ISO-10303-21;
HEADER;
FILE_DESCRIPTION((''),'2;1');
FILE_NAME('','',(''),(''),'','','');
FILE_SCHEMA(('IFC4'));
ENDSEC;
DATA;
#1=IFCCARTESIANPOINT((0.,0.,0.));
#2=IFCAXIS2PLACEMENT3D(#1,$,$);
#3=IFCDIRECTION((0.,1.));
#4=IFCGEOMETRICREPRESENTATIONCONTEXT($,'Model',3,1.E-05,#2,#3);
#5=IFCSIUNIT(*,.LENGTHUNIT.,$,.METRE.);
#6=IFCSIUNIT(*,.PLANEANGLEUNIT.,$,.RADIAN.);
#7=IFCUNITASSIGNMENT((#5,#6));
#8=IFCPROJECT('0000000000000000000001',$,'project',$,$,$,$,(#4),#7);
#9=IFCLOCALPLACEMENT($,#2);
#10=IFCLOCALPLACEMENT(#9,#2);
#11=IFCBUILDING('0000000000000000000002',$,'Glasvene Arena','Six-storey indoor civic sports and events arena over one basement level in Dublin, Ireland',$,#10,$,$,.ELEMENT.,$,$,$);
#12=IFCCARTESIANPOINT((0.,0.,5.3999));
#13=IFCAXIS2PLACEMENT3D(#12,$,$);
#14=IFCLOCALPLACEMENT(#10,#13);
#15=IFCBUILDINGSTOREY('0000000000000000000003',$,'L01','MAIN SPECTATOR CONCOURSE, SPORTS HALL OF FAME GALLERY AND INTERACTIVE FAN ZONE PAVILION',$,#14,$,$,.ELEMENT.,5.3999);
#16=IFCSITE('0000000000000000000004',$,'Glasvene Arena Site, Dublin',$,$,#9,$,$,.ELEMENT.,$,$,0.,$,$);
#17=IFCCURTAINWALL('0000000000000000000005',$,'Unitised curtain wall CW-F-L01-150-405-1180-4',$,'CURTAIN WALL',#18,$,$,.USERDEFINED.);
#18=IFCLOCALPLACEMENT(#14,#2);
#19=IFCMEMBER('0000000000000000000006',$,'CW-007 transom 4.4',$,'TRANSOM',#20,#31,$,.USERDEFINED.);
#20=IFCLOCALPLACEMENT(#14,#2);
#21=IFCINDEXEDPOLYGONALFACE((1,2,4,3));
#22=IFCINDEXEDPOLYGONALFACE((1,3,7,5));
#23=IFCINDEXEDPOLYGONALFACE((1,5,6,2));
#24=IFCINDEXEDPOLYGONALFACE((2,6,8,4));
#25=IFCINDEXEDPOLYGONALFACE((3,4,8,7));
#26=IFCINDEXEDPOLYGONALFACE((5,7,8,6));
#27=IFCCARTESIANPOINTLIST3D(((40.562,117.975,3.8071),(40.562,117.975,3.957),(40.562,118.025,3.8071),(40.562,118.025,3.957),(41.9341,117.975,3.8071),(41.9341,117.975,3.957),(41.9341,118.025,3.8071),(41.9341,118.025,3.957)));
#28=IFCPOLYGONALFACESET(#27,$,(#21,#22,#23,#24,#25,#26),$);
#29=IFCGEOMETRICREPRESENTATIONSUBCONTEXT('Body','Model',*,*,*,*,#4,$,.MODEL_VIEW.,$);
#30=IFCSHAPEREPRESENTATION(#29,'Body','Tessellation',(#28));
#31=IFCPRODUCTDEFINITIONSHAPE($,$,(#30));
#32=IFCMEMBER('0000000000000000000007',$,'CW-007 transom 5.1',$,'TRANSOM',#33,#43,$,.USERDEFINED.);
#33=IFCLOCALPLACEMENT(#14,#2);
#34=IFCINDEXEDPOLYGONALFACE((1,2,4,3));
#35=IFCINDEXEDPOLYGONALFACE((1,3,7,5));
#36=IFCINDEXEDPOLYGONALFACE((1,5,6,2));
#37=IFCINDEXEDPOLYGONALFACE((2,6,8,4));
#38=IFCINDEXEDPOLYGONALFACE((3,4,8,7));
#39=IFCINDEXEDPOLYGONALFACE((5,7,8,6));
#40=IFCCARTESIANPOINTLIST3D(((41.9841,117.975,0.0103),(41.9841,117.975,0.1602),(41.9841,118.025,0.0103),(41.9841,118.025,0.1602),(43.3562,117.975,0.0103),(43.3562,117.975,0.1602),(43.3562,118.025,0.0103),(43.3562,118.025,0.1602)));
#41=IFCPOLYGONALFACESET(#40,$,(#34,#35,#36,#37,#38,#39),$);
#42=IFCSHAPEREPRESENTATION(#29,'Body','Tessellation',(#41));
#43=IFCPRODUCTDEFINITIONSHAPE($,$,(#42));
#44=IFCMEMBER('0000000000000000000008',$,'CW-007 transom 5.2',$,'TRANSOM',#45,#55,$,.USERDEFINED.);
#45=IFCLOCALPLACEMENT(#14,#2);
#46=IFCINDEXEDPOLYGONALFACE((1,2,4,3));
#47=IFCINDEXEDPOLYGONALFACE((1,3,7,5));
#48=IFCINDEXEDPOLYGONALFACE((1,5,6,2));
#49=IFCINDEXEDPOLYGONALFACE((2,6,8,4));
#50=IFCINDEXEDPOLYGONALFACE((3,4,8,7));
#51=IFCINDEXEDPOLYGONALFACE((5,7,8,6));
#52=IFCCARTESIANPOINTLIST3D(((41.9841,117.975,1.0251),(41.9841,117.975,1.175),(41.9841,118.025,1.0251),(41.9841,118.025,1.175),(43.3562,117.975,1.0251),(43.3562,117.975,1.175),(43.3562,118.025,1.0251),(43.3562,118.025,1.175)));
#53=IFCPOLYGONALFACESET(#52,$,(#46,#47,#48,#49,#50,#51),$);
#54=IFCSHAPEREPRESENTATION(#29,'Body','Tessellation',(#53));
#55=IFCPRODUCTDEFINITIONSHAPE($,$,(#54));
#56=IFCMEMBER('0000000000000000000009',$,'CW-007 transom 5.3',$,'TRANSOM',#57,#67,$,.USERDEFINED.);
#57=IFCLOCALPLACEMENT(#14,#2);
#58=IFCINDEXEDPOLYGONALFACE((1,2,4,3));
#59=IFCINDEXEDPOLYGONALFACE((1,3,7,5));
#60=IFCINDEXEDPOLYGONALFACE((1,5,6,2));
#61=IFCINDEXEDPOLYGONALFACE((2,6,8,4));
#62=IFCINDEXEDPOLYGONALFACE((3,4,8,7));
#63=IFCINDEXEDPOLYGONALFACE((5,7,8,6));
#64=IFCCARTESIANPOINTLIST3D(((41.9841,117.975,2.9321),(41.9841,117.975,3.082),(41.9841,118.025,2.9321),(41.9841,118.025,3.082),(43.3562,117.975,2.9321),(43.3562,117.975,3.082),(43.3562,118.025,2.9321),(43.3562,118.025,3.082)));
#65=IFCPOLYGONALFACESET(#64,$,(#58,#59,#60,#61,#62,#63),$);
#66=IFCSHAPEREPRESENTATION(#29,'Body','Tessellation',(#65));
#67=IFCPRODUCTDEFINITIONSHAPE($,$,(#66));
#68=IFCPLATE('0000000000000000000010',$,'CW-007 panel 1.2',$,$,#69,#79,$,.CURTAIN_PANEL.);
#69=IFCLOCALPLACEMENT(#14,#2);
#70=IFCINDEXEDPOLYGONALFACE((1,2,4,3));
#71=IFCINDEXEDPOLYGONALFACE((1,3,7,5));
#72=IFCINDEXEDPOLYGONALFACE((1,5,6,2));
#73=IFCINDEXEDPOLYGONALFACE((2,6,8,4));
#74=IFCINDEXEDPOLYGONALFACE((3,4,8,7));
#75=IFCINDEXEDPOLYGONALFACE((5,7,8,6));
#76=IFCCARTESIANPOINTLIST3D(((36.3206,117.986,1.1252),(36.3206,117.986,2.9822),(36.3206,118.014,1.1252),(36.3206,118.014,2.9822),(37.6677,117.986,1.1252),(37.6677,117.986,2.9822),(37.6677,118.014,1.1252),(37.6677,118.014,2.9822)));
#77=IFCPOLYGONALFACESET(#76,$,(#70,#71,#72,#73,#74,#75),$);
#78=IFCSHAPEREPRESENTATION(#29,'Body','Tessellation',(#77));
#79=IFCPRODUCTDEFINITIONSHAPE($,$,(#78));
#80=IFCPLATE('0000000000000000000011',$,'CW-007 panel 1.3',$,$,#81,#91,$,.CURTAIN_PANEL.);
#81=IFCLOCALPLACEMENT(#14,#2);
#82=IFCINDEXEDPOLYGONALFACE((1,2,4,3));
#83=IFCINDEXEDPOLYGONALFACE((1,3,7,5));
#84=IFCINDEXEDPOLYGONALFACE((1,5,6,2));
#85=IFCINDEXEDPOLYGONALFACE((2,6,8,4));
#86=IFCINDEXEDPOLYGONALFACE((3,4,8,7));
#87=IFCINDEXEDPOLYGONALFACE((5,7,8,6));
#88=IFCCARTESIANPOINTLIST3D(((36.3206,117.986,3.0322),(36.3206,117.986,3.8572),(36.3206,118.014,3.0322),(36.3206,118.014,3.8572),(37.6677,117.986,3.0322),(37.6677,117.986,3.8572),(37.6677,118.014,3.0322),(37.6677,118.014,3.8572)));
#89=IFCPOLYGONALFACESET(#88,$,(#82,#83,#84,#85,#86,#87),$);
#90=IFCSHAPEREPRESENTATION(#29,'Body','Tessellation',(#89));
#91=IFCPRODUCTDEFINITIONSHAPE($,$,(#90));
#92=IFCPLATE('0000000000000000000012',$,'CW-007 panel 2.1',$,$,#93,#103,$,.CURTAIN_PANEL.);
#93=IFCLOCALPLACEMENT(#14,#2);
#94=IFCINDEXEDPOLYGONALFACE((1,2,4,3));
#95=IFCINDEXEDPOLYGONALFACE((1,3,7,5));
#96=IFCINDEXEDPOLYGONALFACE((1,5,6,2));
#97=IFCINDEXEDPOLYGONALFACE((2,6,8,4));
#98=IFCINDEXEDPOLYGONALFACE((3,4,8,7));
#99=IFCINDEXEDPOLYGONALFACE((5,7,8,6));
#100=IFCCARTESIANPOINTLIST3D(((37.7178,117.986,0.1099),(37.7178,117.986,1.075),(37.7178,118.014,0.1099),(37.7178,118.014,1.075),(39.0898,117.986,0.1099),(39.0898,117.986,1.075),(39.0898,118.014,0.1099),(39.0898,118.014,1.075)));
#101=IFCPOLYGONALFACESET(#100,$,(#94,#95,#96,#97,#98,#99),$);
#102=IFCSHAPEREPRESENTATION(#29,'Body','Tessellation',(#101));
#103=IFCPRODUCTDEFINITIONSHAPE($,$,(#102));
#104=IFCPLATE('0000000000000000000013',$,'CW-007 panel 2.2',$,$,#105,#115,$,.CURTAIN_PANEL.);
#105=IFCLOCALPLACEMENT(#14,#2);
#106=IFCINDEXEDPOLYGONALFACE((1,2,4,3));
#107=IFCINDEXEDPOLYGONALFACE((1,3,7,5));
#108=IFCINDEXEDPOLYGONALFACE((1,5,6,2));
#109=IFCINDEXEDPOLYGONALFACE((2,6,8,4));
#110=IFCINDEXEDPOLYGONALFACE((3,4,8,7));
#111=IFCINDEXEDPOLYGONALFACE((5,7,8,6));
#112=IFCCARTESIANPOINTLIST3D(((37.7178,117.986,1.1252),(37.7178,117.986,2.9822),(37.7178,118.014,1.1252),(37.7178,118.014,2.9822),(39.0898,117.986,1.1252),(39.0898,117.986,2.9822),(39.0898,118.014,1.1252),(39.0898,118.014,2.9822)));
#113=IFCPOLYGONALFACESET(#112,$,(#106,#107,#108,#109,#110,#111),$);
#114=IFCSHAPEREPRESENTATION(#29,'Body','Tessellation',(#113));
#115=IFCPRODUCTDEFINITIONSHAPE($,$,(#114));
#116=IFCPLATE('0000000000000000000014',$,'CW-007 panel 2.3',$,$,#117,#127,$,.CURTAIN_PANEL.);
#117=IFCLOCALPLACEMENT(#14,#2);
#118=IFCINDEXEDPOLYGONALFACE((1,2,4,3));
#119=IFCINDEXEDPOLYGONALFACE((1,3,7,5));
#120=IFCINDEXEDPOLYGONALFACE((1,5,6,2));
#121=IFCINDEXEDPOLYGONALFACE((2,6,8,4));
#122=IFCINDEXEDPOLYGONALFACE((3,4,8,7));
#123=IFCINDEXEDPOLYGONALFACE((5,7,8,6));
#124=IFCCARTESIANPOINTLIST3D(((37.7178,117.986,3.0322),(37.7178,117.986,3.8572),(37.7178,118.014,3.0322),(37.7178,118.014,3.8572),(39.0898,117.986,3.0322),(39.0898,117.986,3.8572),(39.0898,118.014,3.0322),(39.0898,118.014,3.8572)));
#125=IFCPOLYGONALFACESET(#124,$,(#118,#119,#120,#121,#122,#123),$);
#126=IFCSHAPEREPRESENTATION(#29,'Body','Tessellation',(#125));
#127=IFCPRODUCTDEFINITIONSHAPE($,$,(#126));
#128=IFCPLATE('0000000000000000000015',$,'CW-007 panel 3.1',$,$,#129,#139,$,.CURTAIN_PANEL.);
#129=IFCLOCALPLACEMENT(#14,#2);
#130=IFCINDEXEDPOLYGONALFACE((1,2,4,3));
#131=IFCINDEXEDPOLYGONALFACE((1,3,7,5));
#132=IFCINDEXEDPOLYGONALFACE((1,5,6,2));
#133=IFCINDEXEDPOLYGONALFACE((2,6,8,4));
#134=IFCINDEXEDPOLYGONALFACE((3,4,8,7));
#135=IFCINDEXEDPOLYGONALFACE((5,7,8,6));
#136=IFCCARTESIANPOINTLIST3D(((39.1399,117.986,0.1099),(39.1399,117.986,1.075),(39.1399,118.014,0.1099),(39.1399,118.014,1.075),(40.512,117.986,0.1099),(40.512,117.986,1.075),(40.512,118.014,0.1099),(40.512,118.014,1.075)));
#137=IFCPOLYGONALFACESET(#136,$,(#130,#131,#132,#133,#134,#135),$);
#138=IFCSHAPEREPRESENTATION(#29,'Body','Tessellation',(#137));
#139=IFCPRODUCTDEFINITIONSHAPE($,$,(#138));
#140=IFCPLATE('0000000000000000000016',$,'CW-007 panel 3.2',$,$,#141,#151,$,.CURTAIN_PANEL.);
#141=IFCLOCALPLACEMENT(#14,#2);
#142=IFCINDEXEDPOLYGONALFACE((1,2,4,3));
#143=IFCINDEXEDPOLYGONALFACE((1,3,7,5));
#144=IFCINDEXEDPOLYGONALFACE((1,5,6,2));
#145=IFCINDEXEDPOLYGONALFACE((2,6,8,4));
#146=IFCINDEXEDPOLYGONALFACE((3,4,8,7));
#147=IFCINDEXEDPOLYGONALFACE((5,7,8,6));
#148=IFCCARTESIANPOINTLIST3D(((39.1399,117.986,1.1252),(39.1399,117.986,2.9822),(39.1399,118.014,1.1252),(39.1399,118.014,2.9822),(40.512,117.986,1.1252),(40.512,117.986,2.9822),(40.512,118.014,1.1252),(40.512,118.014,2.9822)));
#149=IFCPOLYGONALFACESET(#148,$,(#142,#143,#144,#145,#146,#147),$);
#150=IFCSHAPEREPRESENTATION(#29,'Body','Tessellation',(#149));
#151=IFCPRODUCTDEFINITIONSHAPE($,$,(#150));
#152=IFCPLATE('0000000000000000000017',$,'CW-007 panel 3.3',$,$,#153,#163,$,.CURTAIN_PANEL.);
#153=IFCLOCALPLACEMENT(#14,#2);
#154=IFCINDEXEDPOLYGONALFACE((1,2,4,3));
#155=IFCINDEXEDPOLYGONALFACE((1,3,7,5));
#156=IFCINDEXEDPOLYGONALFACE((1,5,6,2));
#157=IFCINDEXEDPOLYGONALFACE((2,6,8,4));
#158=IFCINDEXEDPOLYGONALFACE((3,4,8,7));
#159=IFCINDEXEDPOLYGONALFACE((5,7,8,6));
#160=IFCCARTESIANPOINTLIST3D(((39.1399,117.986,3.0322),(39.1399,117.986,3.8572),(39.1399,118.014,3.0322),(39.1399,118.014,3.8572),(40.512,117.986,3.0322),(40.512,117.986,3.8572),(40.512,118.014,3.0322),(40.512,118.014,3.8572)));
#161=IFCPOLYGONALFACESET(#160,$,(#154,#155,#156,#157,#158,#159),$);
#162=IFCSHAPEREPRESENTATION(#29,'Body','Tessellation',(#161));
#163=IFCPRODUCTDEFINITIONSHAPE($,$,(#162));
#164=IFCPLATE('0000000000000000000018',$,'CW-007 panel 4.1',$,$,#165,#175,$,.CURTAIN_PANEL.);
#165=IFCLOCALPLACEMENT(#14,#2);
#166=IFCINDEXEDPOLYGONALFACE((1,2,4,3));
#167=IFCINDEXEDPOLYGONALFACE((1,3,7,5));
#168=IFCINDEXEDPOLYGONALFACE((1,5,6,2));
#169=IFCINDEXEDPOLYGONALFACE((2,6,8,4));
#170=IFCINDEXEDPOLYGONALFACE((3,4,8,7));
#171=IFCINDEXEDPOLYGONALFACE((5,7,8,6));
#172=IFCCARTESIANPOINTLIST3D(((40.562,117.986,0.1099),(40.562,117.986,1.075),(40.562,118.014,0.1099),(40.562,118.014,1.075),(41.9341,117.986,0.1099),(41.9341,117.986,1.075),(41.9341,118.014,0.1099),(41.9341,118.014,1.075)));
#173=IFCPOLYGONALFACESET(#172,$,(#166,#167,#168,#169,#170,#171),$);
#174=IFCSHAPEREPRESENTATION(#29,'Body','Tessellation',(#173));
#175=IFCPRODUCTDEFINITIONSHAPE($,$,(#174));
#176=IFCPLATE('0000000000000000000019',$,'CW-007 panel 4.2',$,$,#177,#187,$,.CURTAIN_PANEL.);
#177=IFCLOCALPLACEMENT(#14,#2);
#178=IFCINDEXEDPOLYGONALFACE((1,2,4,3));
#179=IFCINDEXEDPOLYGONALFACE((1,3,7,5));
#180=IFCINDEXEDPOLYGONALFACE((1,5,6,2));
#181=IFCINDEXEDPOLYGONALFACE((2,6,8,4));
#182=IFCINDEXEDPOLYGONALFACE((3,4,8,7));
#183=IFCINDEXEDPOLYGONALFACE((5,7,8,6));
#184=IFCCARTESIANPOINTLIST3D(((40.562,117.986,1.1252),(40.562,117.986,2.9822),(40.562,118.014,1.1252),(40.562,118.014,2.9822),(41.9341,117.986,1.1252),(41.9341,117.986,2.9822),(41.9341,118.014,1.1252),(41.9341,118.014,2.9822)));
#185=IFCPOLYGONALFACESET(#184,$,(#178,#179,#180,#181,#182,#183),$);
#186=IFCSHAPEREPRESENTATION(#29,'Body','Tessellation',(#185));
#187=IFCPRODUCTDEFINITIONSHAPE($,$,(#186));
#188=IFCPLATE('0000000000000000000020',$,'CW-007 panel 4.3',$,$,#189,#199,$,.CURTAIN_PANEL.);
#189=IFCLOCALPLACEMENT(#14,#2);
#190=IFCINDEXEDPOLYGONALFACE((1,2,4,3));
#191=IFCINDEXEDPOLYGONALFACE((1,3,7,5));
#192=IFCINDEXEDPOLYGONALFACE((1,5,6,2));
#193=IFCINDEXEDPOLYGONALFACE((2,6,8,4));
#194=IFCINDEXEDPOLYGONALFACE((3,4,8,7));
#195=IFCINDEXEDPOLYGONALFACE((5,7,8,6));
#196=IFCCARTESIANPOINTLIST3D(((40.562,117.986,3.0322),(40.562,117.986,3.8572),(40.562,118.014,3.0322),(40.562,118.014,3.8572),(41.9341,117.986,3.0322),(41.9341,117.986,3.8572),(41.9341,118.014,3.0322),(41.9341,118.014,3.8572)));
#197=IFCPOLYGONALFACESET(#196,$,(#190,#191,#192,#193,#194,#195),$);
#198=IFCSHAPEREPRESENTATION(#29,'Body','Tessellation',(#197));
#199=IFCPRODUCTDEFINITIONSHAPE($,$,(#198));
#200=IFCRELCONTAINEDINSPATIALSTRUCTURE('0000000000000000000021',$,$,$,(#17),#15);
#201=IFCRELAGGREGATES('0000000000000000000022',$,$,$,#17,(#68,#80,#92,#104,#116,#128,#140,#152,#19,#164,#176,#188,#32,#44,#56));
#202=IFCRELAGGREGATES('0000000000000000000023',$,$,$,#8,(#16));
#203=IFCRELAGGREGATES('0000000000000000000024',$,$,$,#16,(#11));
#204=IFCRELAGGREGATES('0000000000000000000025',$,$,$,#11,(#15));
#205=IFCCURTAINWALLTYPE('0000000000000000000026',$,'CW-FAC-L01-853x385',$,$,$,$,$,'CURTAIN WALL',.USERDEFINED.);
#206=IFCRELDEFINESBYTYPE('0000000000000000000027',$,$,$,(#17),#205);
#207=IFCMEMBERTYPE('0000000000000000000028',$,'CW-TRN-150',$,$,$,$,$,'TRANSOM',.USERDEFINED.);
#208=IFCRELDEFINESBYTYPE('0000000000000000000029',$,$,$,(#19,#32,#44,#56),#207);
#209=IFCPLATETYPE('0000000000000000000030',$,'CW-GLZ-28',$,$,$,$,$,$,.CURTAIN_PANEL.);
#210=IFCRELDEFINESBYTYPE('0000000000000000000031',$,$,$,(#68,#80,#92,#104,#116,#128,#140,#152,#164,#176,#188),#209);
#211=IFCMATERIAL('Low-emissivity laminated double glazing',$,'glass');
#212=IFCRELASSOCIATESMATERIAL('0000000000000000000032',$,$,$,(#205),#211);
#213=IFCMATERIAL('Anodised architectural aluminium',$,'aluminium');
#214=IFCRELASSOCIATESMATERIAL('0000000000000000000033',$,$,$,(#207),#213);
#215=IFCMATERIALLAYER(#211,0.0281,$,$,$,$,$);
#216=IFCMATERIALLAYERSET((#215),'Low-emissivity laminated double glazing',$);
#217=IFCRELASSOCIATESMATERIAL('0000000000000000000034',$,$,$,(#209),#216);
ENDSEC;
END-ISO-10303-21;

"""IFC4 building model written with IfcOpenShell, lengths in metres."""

from ifc_helpers import new_model, si_unit, direction, frame, origin, origin_2d, place, context, subcontext, project, spatial, rectangle, extrude, material, layer, layer_set, material_profile, profile_set, type_object, element, aggregate, save


model = new_model("IFC4")

# Units and contexts
model_context = context("Model", 3, precision=1e-05, world=origin(), true_north=direction((0.0, 1.0)))
body_context = subcontext(model_context, "Body", "Model", "MODEL_VIEW")
ifc_project = project(units=[si_unit("LENGTHUNIT", "METRE"), si_unit("PLANEANGLEUNIT", "RADIAN")], contexts=[model_context])

# Site, building, storey
site_placement = place(None, origin())
site = spatial("IfcSite", under=ifc_project, at=site_placement, Name="Glasvene Arena Site, Dublin", CompositionType="ELEMENT", RefElevation=0.0)
building_placement = place(site_placement, origin())
building = spatial("IfcBuilding", under=site, at=building_placement, Name="Glasvene Arena", Description="Six-storey indoor civic sports and events arena over one basement level in Dublin, Ireland", CompositionType="ELEMENT")
storey_placement = place(building_placement, frame((0.0, 0.0, 5.3999)))
storey = spatial("IfcBuildingStorey", under=building, at=storey_placement, Name="L01", Description="MAIN SPECTATOR CONCOURSE, SPORTS HALL OF FAME GALLERY AND INTERACTIVE FAN ZONE PAVILION", CompositionType="ELEMENT", Elevation=5.3999)

# Curtain wall, members, plates
ifc_material_1 = material(Name="Low-emissivity laminated double glazing", Category="glass")
curtain_wall_type = type_object("IfcCurtainWallType", Name="CW-FAC-L01-853x385", ElementType="CURTAIN WALL", PredefinedType="USERDEFINED", material=ifc_material_1)
curtain_wall_placement = place(storey_placement, frame((36.2705, 118.0, 0.0)))
curtain_wall = element("IfcCurtainWall", 1, at=curtain_wall_placement, inside=storey, type_object=curtain_wall_type, Name="Unitised curtain wall CW-F-L01-150-405-1180-4", ObjectType="CURTAIN WALL", PredefinedType="USERDEFINED")
ifc_material_2 = material(Name="Anodised architectural aluminium", Category="aluminium")
ifc_material_profile_1 = material_profile(ifc_material_2, rectangle(XDim=0.05, YDim=0.1499, at=origin_2d()), Name="ALU TRANSOM 50x150")
ifc_profile_set_1 = profile_set([ifc_material_profile_1], Name="Anodised architectural aluminium")
member_type_1 = type_object("IfcMemberType", Name="CW-TRN-150", ElementType="TRANSOM", PredefinedType="USERDEFINED", material=ifc_profile_set_1)
member_1_placement = place(storey_placement, frame((40.562, 118.0, 3.8821), z_axis=(1.0, 0.0, 0.0), x_axis=(0.0, 1.0, 0.0)))
member_1 = element("IfcMember", 2, at=member_1_placement, type_object=member_type_1, Name="CW-007 transom 4.4", ObjectType="TRANSOM", PredefinedType="USERDEFINED", context=body_context, shape_type="SweptSolid", body=[
    extrude(rectangle(XDim=0.05, YDim=0.1499, at=origin_2d()), origin(), (0.0, 0.0, 1.0), 1.3721),
])
member_2_placement = place(storey_placement, frame((41.9841, 118.0, 0.0852), z_axis=(1.0, 0.0, 0.0), x_axis=(0.0, 1.0, 0.0)))
member_2 = element("IfcMember", 3, at=member_2_placement, type_object=member_type_1, Name="CW-007 transom 5.1", ObjectType="TRANSOM", PredefinedType="USERDEFINED", context=body_context, shape_type="SweptSolid", body=[
    extrude(rectangle(XDim=0.05, YDim=0.1499, at=origin_2d()), origin(), (0.0, 0.0, 1.0), 1.3721),
])
member_3_placement = place(storey_placement, frame((41.9841, 118.0, 1.1001), z_axis=(1.0, 0.0, 0.0), x_axis=(0.0, 1.0, 0.0)))
member_3 = element("IfcMember", 4, at=member_3_placement, type_object=member_type_1, Name="CW-007 transom 5.2", ObjectType="TRANSOM", PredefinedType="USERDEFINED", context=body_context, shape_type="SweptSolid", body=[
    extrude(rectangle(XDim=0.05, YDim=0.1499, at=origin_2d()), origin(), (0.0, 0.0, 1.0), 1.3721),
])
member_4_placement = place(storey_placement, frame((41.9841, 118.0, 3.0071), z_axis=(1.0, 0.0, 0.0), x_axis=(0.0, 1.0, 0.0)))
member_4 = element("IfcMember", 5, at=member_4_placement, type_object=member_type_1, Name="CW-007 transom 5.3", ObjectType="TRANSOM", PredefinedType="USERDEFINED", context=body_context, shape_type="SweptSolid", body=[
    extrude(rectangle(XDim=0.05, YDim=0.1499, at=origin_2d()), origin(), (0.0, 0.0, 1.0), 1.3721),
])
ifc_layer_1 = layer(ifc_material_1, 0.0281)
ifc_layer_set_1 = layer_set([ifc_layer_1], Name="Low-emissivity laminated double glazing")
plate_type = type_object("IfcPlateType", Name="CW-GLZ-28", PredefinedType="CURTAIN_PANEL", material=ifc_layer_set_1)
plate_1_placement = place(storey_placement, frame((36.9941, 118.0, 1.1252), z_axis=(0.0, 0.0, 1.0), x_axis=(1.0, 0.0, 0.0)))
plate_1 = element("IfcPlate", 6, at=plate_1_placement, type_object=plate_type, Name="CW-007 panel 1.2", PredefinedType="CURTAIN_PANEL", context=body_context, shape_type="SweptSolid", body=[
    extrude(rectangle(XDim=1.3472, YDim=0.0281, at=origin_2d()), origin(), (0.0, 0.0, 1.0), 1.8569),
])
plate_2_placement = place(storey_placement, frame((36.9941, 118.0, 3.0322), z_axis=(0.0, 0.0, 1.0), x_axis=(1.0, 0.0, 0.0)))
plate_2 = element("IfcPlate", 7, at=plate_2_placement, type_object=plate_type, Name="CW-007 panel 1.3", PredefinedType="CURTAIN_PANEL", context=body_context, shape_type="SweptSolid", body=[
    extrude(rectangle(XDim=1.3472, YDim=0.0281, at=origin_2d()), origin(), (0.0, 0.0, 1.0), 0.825),
])
plate_3_placement = place(storey_placement, frame((38.4038, 118.0, 0.1099), z_axis=(0.0, 0.0, 1.0), x_axis=(1.0, 0.0, 0.0)))
plate_3 = element("IfcPlate", 8, at=plate_3_placement, type_object=plate_type, Name="CW-007 panel 2.1", PredefinedType="CURTAIN_PANEL", context=body_context, shape_type="SweptSolid", body=[
    extrude(rectangle(XDim=1.3721, YDim=0.0281, at=origin_2d()), origin(), (0.0, 0.0, 1.0), 0.9651),
])
plate_4_placement = place(storey_placement, frame((38.4038, 118.0, 1.1252), z_axis=(0.0, 0.0, 1.0), x_axis=(1.0, 0.0, 0.0)))
plate_4 = element("IfcPlate", 9, at=plate_4_placement, type_object=plate_type, Name="CW-007 panel 2.2", PredefinedType="CURTAIN_PANEL", context=body_context, shape_type="SweptSolid", body=[
    extrude(rectangle(XDim=1.3721, YDim=0.0281, at=origin_2d()), origin(), (0.0, 0.0, 1.0), 1.8569),
])
plate_5_placement = place(storey_placement, frame((38.4038, 118.0, 3.0322), z_axis=(0.0, 0.0, 1.0), x_axis=(1.0, 0.0, 0.0)))
plate_5 = element("IfcPlate", 10, at=plate_5_placement, type_object=plate_type, Name="CW-007 panel 2.3", PredefinedType="CURTAIN_PANEL", context=body_context, shape_type="SweptSolid", body=[
    extrude(rectangle(XDim=1.3721, YDim=0.0281, at=origin_2d()), origin(), (0.0, 0.0, 1.0), 0.825),
])
plate_6_placement = place(storey_placement, frame((39.8259, 118.0, 0.1099), z_axis=(0.0, 0.0, 1.0), x_axis=(1.0, 0.0, 0.0)))
plate_6 = element("IfcPlate", 11, at=plate_6_placement, type_object=plate_type, Name="CW-007 panel 3.1", PredefinedType="CURTAIN_PANEL", context=body_context, shape_type="SweptSolid", body=[
    extrude(rectangle(XDim=1.3721, YDim=0.0281, at=origin_2d()), origin(), (0.0, 0.0, 1.0), 0.9651),
])
plate_7_placement = place(storey_placement, frame((39.8259, 118.0, 1.1252), z_axis=(0.0, 0.0, 1.0), x_axis=(1.0, 0.0, 0.0)))
plate_7 = element("IfcPlate", 12, at=plate_7_placement, type_object=plate_type, Name="CW-007 panel 3.2", PredefinedType="CURTAIN_PANEL", context=body_context, shape_type="SweptSolid", body=[
    extrude(rectangle(XDim=1.3721, YDim=0.0281, at=origin_2d()), origin(), (0.0, 0.0, 1.0), 1.8569),
])
plate_8_placement = place(storey_placement, frame((39.8259, 118.0, 3.0322), z_axis=(0.0, 0.0, 1.0), x_axis=(1.0, 0.0, 0.0)))
plate_8 = element("IfcPlate", 13, at=plate_8_placement, type_object=plate_type, Name="CW-007 panel 3.3", PredefinedType="CURTAIN_PANEL", context=body_context, shape_type="SweptSolid", body=[
    extrude(rectangle(XDim=1.3721, YDim=0.0281, at=origin_2d()), origin(), (0.0, 0.0, 1.0), 0.825),
])
plate_9_placement = place(storey_placement, frame((41.248, 118.0, 0.1099), z_axis=(0.0, 0.0, 1.0), x_axis=(1.0, 0.0, 0.0)))
plate_9 = element("IfcPlate", 14, at=plate_9_placement, type_object=plate_type, Name="CW-007 panel 4.1", PredefinedType="CURTAIN_PANEL", context=body_context, shape_type="SweptSolid", body=[
    extrude(rectangle(XDim=1.3721, YDim=0.0281, at=origin_2d()), origin(), (0.0, 0.0, 1.0), 0.9651),
])
plate_10_placement = place(storey_placement, frame((41.248, 118.0, 1.1252), z_axis=(0.0, 0.0, 1.0), x_axis=(1.0, 0.0, 0.0)))
plate_10 = element("IfcPlate", 15, at=plate_10_placement, type_object=plate_type, Name="CW-007 panel 4.2", PredefinedType="CURTAIN_PANEL", context=body_context, shape_type="SweptSolid", body=[
    extrude(rectangle(XDim=1.3721, YDim=0.0281, at=origin_2d()), origin(), (0.0, 0.0, 1.0), 1.8569),
])
plate_11_placement = place(storey_placement, frame((41.248, 118.0, 3.0322), z_axis=(0.0, 0.0, 1.0), x_axis=(1.0, 0.0, 0.0)))
plate_11 = element("IfcPlate", 16, at=plate_11_placement, type_object=plate_type, Name="CW-007 panel 4.3", PredefinedType="CURTAIN_PANEL", context=body_context, shape_type="SweptSolid", body=[
    extrude(rectangle(XDim=1.3721, YDim=0.0281, at=origin_2d()), origin(), (0.0, 0.0, 1.0), 0.825),
])
aggregate(curtain_wall, [plate_1, plate_2, plate_3, plate_4, plate_5, plate_6, plate_7, plate_8, member_1, plate_9, plate_10, plate_11, member_2, member_3, member_4])

save(model, "model.ifc")
